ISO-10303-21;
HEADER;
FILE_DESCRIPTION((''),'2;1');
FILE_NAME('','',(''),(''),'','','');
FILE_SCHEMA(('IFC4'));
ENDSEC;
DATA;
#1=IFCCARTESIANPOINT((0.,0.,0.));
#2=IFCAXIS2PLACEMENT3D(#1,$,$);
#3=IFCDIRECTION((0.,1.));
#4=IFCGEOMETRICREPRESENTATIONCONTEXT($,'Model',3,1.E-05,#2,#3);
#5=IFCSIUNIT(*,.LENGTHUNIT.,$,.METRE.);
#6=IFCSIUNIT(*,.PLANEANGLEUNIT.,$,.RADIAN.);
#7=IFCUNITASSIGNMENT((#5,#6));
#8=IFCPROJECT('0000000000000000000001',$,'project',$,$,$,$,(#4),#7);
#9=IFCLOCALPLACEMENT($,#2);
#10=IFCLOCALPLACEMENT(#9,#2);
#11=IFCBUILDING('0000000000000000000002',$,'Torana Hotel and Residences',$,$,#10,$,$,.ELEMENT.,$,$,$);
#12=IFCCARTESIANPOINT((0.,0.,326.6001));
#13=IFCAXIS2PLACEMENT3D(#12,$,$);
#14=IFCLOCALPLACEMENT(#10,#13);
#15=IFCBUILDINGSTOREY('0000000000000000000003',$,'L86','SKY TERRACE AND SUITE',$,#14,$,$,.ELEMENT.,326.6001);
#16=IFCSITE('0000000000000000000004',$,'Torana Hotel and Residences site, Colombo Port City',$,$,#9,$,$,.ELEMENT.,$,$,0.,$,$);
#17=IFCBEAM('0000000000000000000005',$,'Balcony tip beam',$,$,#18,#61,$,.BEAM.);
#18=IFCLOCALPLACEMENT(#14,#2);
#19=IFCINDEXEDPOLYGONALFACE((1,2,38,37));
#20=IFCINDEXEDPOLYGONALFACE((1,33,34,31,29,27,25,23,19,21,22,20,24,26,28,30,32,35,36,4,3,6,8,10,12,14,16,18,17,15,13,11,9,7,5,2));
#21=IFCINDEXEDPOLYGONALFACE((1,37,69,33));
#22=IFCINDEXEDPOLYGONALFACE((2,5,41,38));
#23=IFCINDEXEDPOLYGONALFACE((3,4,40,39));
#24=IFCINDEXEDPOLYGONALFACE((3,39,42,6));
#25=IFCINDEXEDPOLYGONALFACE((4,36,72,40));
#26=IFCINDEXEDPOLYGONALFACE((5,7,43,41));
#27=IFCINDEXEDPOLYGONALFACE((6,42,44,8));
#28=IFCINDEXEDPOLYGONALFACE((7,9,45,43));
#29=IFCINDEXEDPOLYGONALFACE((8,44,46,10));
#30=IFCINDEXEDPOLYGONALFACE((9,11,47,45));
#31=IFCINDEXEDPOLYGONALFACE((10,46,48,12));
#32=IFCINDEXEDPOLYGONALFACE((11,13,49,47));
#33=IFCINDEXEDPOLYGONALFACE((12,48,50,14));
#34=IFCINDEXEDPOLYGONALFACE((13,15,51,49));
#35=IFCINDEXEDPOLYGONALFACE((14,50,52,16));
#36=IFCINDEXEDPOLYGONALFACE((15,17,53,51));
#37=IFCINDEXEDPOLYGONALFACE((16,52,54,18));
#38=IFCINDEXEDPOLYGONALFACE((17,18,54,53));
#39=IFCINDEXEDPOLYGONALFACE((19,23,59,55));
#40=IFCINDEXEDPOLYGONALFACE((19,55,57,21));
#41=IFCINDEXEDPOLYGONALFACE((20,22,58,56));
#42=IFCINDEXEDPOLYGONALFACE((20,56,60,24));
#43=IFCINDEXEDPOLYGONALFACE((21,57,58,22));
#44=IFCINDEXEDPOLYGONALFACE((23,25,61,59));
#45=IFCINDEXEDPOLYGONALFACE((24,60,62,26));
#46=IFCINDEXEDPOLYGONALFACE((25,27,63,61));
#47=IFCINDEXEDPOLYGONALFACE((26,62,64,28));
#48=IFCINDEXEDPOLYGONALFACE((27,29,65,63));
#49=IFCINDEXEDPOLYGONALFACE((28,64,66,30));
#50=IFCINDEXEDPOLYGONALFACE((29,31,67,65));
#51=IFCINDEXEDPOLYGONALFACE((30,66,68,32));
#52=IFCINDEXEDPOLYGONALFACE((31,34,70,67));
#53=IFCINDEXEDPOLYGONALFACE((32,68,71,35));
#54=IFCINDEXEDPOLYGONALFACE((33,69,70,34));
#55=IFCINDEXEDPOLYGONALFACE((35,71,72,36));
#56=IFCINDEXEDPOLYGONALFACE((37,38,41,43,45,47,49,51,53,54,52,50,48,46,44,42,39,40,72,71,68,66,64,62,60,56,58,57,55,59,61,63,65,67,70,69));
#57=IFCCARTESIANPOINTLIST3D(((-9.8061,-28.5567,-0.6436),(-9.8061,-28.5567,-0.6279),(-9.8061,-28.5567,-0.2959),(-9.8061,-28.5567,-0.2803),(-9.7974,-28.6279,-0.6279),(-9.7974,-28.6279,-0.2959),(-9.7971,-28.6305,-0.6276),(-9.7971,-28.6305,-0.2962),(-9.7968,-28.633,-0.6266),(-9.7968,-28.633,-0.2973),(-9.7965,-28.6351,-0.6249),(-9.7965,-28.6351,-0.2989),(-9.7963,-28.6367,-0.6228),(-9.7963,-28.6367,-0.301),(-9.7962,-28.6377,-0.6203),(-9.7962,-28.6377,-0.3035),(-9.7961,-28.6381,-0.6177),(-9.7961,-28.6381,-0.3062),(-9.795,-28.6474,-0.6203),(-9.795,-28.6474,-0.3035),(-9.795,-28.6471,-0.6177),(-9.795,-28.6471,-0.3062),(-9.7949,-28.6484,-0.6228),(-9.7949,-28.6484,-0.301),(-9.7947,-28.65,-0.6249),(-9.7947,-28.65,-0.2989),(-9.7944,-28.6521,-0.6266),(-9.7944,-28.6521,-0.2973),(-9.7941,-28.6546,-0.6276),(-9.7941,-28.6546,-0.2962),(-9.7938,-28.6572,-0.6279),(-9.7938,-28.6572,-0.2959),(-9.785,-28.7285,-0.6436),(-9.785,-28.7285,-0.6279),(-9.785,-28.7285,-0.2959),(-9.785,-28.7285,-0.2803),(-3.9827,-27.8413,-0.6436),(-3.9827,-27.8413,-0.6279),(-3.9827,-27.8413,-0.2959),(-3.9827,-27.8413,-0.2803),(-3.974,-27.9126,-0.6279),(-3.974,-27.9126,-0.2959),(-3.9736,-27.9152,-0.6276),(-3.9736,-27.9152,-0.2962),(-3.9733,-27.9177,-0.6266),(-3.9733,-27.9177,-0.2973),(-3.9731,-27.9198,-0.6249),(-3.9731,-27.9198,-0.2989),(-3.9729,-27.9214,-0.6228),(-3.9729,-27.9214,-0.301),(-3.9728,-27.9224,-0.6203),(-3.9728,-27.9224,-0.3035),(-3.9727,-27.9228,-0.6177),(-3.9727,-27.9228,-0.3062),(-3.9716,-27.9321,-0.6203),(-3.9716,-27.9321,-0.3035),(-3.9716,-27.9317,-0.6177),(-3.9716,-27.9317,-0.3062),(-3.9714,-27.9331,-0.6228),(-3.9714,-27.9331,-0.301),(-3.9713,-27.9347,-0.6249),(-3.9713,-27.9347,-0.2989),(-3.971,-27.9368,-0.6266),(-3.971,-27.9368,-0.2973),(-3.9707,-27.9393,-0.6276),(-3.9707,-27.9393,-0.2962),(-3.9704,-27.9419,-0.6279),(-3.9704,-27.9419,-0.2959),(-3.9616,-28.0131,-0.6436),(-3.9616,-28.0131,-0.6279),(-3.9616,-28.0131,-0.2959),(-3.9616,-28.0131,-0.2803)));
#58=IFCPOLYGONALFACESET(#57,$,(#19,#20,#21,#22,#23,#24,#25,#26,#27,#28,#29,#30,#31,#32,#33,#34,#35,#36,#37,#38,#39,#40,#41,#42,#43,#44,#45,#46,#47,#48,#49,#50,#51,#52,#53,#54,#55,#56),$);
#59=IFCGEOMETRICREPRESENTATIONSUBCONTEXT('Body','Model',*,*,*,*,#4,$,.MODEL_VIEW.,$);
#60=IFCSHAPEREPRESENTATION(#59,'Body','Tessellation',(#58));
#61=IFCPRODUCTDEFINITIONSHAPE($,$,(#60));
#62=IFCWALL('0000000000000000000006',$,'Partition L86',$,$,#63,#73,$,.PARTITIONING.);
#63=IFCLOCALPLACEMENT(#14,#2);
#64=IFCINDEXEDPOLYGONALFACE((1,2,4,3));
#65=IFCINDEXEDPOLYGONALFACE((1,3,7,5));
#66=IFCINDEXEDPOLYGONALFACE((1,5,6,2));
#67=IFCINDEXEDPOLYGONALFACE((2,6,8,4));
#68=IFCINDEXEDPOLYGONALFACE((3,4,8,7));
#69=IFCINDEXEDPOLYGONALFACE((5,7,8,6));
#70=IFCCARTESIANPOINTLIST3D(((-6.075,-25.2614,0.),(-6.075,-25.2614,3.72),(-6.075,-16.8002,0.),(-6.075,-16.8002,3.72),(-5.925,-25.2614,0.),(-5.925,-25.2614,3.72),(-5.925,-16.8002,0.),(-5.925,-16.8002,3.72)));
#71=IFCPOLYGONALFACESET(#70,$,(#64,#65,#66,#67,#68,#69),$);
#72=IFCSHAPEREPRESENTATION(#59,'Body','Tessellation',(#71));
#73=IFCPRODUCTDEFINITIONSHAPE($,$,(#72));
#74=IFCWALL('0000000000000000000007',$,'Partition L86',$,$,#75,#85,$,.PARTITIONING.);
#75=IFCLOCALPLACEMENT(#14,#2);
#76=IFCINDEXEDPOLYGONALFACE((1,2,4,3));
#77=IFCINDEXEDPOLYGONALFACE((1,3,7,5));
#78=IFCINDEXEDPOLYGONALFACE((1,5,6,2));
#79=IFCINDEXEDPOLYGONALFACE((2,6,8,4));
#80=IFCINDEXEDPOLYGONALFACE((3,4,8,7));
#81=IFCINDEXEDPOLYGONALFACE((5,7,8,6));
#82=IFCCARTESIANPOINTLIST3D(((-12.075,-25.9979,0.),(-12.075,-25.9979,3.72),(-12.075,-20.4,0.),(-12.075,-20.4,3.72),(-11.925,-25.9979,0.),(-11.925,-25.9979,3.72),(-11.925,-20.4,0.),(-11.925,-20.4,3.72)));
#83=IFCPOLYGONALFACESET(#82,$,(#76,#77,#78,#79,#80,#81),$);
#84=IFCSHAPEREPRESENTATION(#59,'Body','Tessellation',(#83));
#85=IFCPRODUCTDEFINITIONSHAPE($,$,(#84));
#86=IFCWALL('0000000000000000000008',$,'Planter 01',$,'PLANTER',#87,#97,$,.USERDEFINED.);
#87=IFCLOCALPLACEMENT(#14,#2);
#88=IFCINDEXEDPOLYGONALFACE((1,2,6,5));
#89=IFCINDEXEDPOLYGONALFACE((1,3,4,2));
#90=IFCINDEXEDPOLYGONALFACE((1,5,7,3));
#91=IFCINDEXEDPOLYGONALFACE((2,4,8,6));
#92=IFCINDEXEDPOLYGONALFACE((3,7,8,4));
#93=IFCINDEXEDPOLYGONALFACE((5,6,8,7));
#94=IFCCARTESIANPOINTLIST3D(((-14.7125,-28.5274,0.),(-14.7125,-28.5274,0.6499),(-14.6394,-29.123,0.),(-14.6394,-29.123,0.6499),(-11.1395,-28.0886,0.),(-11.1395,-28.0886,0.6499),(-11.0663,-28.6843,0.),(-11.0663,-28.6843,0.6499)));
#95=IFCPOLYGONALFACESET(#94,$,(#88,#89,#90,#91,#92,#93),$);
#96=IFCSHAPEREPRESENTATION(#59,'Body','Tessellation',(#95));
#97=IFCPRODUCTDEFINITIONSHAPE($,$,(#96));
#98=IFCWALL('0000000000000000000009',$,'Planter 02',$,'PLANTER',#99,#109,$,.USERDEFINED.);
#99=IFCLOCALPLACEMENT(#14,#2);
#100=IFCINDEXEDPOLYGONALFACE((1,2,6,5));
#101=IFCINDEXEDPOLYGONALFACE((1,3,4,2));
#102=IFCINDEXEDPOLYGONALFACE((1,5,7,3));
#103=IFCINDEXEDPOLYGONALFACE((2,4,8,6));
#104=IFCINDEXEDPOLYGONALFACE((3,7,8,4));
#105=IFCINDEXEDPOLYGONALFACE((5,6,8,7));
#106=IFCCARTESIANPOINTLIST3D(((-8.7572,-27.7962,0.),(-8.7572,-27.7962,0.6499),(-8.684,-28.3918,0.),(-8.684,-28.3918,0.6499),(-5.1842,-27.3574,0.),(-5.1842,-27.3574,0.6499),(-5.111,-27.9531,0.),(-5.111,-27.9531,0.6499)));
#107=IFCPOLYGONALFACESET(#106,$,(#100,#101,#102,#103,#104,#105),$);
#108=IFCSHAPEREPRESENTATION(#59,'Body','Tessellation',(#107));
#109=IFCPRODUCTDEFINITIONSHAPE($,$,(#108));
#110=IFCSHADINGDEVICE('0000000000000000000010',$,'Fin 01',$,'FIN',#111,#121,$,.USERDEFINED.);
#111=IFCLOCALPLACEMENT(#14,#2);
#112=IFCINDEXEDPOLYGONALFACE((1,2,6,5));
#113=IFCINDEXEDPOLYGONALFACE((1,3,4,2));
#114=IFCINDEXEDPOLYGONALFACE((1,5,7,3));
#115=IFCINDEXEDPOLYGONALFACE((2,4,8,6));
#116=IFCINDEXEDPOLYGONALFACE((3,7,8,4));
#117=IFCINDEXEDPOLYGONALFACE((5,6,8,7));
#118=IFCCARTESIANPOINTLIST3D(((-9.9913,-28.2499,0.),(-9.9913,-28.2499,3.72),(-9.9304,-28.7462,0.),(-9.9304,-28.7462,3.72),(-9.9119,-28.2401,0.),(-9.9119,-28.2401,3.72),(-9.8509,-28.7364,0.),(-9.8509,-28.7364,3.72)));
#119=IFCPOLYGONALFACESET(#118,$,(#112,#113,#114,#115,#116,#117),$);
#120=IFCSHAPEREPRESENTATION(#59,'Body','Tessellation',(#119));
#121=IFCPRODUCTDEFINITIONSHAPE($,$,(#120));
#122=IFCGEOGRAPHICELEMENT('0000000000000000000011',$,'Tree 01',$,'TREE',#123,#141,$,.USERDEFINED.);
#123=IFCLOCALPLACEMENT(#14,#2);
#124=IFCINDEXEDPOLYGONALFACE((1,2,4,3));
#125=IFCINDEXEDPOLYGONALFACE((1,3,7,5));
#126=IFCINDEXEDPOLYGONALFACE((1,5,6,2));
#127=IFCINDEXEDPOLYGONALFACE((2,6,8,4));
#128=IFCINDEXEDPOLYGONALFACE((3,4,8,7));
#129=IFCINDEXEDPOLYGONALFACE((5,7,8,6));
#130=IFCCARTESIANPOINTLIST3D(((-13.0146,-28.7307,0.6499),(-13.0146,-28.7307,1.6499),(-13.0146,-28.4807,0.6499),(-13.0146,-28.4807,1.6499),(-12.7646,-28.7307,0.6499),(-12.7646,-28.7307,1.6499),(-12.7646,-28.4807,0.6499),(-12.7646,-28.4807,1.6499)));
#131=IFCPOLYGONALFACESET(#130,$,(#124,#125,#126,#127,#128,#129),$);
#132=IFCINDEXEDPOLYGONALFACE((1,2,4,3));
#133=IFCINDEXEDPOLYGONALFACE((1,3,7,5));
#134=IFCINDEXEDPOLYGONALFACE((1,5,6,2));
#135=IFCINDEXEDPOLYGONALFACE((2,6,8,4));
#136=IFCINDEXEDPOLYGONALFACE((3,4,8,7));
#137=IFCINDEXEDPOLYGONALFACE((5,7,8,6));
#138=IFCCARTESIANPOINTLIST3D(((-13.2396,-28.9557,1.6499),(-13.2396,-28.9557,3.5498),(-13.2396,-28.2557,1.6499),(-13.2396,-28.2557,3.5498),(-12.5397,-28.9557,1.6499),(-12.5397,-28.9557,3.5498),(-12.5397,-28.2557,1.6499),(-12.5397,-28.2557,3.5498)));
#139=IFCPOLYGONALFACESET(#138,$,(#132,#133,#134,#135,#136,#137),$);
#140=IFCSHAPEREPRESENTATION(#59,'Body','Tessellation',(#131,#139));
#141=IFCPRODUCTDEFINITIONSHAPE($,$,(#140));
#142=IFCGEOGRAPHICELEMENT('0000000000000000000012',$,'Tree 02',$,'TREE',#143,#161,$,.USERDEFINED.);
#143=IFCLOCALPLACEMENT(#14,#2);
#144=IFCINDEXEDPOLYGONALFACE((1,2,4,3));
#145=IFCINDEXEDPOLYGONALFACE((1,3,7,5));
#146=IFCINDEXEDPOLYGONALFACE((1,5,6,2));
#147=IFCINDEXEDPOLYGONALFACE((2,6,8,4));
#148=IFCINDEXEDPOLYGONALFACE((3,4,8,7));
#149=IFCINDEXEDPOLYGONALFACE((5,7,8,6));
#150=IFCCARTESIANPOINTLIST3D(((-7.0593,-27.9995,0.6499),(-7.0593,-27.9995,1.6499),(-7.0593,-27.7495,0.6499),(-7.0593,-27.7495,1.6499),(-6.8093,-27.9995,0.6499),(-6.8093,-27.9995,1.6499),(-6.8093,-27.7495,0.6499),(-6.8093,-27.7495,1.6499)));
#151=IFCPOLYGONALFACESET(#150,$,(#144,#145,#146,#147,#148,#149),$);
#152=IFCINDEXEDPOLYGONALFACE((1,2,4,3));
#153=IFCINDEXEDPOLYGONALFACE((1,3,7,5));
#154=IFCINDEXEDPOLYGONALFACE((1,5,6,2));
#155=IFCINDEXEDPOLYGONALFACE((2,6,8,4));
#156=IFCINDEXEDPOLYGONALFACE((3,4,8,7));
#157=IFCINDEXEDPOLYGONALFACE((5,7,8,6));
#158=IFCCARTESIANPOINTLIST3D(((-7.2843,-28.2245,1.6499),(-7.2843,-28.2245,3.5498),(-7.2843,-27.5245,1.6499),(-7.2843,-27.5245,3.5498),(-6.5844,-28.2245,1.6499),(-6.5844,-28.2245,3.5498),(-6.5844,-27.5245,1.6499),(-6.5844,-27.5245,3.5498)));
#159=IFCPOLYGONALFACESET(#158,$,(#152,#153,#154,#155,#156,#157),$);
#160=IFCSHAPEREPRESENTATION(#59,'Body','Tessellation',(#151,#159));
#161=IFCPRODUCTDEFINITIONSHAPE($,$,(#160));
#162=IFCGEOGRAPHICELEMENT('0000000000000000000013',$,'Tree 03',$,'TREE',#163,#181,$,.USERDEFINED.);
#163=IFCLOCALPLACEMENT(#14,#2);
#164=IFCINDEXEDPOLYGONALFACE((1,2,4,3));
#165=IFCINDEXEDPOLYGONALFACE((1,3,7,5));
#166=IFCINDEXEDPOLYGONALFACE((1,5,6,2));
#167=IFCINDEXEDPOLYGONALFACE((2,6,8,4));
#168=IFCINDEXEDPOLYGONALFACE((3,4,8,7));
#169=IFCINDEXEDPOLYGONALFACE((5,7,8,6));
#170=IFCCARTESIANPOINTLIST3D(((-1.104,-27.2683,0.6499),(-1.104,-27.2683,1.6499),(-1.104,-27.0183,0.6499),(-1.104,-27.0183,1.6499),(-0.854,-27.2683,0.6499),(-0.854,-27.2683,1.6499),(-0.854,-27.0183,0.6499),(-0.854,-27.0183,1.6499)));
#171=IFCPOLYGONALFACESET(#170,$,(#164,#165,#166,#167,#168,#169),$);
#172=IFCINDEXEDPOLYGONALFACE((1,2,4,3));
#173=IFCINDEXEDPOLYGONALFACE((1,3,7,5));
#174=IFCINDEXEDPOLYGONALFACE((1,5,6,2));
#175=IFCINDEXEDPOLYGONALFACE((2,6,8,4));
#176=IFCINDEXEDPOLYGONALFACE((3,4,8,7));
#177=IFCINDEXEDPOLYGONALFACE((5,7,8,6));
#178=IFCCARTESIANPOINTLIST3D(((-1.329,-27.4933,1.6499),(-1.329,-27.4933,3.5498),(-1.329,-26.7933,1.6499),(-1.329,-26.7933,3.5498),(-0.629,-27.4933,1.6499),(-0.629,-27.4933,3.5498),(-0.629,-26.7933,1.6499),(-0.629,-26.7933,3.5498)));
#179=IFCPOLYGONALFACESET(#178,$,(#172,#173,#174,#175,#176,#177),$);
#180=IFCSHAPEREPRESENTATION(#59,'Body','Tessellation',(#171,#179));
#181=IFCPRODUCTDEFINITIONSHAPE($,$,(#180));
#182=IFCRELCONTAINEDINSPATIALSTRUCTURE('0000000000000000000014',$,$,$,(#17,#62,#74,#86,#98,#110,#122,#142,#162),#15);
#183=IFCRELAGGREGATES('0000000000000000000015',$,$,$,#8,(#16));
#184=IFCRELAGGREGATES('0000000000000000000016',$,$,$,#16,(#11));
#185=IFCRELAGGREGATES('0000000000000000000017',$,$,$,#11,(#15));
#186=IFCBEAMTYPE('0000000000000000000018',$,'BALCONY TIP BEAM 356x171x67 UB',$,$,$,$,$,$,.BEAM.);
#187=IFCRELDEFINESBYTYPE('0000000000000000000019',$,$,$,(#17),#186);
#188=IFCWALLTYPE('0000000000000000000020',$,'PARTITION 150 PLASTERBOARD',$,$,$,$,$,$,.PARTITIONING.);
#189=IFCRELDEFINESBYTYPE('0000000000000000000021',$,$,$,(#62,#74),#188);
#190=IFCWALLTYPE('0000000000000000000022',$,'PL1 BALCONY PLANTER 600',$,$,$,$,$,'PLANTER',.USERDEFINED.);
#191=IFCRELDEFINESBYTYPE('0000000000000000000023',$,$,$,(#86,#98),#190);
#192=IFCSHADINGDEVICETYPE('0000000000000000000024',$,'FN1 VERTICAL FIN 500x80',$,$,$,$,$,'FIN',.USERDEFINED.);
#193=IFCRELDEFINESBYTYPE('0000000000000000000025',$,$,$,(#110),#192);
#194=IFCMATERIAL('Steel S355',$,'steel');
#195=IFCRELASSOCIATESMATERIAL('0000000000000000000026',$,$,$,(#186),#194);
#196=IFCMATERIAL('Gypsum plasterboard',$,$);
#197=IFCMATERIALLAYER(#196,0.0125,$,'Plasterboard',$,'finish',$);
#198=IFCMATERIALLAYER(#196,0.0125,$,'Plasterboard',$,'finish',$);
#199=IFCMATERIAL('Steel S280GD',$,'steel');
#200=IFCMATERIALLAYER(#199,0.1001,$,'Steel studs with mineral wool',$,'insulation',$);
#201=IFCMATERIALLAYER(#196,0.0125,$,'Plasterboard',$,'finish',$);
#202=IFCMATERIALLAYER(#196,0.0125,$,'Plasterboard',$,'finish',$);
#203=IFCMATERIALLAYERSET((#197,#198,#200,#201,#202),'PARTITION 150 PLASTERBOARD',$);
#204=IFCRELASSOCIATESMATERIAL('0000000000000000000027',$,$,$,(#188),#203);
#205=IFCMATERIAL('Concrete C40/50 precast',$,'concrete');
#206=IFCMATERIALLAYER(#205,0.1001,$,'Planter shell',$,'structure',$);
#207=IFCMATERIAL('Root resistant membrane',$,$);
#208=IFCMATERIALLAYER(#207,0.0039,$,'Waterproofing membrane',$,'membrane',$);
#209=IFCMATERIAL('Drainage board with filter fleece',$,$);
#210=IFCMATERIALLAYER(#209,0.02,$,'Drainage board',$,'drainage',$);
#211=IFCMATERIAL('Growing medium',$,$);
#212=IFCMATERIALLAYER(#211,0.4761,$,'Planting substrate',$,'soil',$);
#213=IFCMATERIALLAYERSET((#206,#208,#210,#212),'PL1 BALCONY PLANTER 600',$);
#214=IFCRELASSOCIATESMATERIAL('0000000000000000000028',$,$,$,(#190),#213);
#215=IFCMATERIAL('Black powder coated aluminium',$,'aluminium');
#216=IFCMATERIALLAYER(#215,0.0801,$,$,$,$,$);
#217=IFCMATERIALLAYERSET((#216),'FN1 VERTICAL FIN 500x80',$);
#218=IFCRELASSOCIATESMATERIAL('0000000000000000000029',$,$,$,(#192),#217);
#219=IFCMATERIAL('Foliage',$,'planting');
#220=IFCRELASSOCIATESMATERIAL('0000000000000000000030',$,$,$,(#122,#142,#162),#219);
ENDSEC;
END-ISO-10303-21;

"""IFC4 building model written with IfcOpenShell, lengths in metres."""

from ifc_helpers import new_model, si_unit, direction, frame, frame_2d, origin, origin_2d, place, context, subcontext, project, spatial, rectangle, i_section, extrude, material, layer, layer_set, material_profile, profile_set, type_object, element, save


model = new_model("IFC4")

# Units and contexts
model_context = context("Model", 3, precision=1e-05, world=origin(), true_north=direction((0.0, 1.0)))
body_context = subcontext(model_context, "Body", "Model", "MODEL_VIEW")
ifc_project = project(units=[si_unit("LENGTHUNIT", "METRE"), si_unit("PLANEANGLEUNIT", "RADIAN")], contexts=[model_context])

# Site, building, storey
site_placement = place(None, origin())
site = spatial("IfcSite", under=ifc_project, at=site_placement, Name="Torana Hotel and Residences site, Colombo Port City", CompositionType="ELEMENT", RefElevation=0.0)
building_placement = place(site_placement, origin())
building = spatial("IfcBuilding", under=site, at=building_placement, Name="Torana Hotel and Residences", CompositionType="ELEMENT")
storey_placement = place(building_placement, frame((0.0, 0.0, 326.6001)))
storey = spatial("IfcBuildingStorey", under=building, at=storey_placement, Name="L86", Description="SKY TERRACE AND SUITE", CompositionType="ELEMENT", Elevation=326.6001)

# Beam
ifc_material_1 = material(Name="Steel S355", Category="steel")
ifc_material_profile_1 = material_profile(ifc_material_1, i_section(OverallWidth=0.1731, OverallDepth=0.3633, WebThickness=0.009, FlangeThickness=0.0156, FilletRadius=0.0103, at=origin_2d()), Name="356x171x67 UB")
ifc_profile_set_1 = profile_set([ifc_material_profile_1], Name="Steel S355")
beam_type_1 = type_object("IfcBeamType", Name="BALCONY TIP BEAM 356x171x67 UB", PredefinedType="BEAM", material=ifc_profile_set_1)
for number, where, z_axis, x_axis, name in (
    (1, (-3.9722, -27.9272, -0.4619), (-0.99254, -0.121919, 0.0), (0.121919, -0.99254, 0.0), "Balcony tip beam"),
):
    element("IfcBeam", number, at=place(storey_placement, frame(where, z_axis=z_axis, x_axis=x_axis)), inside=storey, type_object=beam_type_1, Name=name, PredefinedType="BEAM", context=body_context, shape_type="SweptSolid", body=[
        extrude(i_section(OverallWidth=0.1731, OverallDepth=0.3633, WebThickness=0.009, FlangeThickness=0.0156, FilletRadius=0.0103, at=origin_2d()), origin(), (0.0, 0.0, 1.0), 5.8672),
    ])

# Walls
ifc_material_2 = material(Name="Gypsum plasterboard")
ifc_layer_1 = layer(ifc_material_2, 0.0125, Name="Plasterboard", Category="finish")
ifc_layer_2 = layer(ifc_material_2, 0.0125, Name="Plasterboard", Category="finish")
ifc_material_3 = material(Name="Steel S280GD", Category="steel")
ifc_layer_3 = layer(ifc_material_3, 0.1001, Name="Steel studs with mineral wool", Category="insulation")
ifc_layer_4 = layer(ifc_material_2, 0.0125, Name="Plasterboard", Category="finish")
ifc_layer_5 = layer(ifc_material_2, 0.0125, Name="Plasterboard", Category="finish")
ifc_layer_set_1 = layer_set([ifc_layer_1, ifc_layer_2, ifc_layer_3, ifc_layer_4, ifc_layer_5], Name="PARTITION 150 PLASTERBOARD")
wall_type_1 = type_object("IfcWallType", Name="PARTITION 150 PLASTERBOARD", PredefinedType="PARTITIONING", material=ifc_layer_set_1)
wall_1_placement = place(storey_placement, frame((-6.0, -25.2612, 0.0), z_axis=(0.0, 0.0, 1.0), x_axis=(0.0, 1.0, 0.0)))
element("IfcWall", 2, at=wall_1_placement, inside=storey, type_object=wall_type_1, Name="Partition L86", PredefinedType="PARTITIONING", context=body_context, shape_type="SweptSolid", body=[
    extrude(rectangle(XDim=8.4612, YDim=0.1499, at=frame_2d((4.2305, 0.0))), origin(), (0.0, 0.0, 1.0), 3.72),
])
wall_2_placement = place(storey_placement, frame((-12.0, -25.9978, 0.0), z_axis=(0.0, 0.0, 1.0), x_axis=(0.0, 1.0, 0.0)))
element("IfcWall", 3, at=wall_2_placement, inside=storey, type_object=wall_type_1, Name="Partition L86", PredefinedType="PARTITIONING", context=body_context, shape_type="SweptSolid", body=[
    extrude(rectangle(XDim=5.5979, YDim=0.1499, at=frame_2d((2.7988, 0.0))), origin(), (0.0, 0.0, 1.0), 3.72),
])
ifc_material_4 = material(Name="Concrete C40/50 precast", Category="concrete")
ifc_layer_6 = layer(ifc_material_4, 0.1001, Name="Planter shell", Category="structure")
ifc_material_5 = material(Name="Root resistant membrane")
ifc_layer_7 = layer(ifc_material_5, 0.0039, Name="Waterproofing membrane", Category="membrane")
ifc_material_6 = material(Name="Drainage board with filter fleece")
ifc_layer_8 = layer(ifc_material_6, 0.02, Name="Drainage board", Category="drainage")
ifc_material_7 = material(Name="Growing medium")
ifc_layer_9 = layer(ifc_material_7, 0.4761, Name="Planting substrate", Category="soil")
ifc_layer_set_2 = layer_set([ifc_layer_6, ifc_layer_7, ifc_layer_8, ifc_layer_9], Name="PL1 BALCONY PLANTER 600")
wall_type_2 = type_object("IfcWallType", Name="PL1 BALCONY PLANTER 600", ElementType="PLANTER", PredefinedType="USERDEFINED", material=ifc_layer_set_2)
for number, where, z_axis, x_axis, name in (
    (4, (-11.103, -28.3865, 0.0), (0.0, 0.0, 1.0), (-0.992546, -0.121873, 0.0), "Planter 01"),
    (5, (-5.1477, -27.6553, 0.0), (0.0, 0.0, 1.0), (-0.992546, -0.121873, 0.0), "Planter 02"),
):
    element("IfcWall", number, at=place(storey_placement, frame(where, z_axis=z_axis, x_axis=x_axis)), inside=storey, type_object=wall_type_2, Name=name, ObjectType="PLANTER", PredefinedType="USERDEFINED", context=body_context, shape_type="SweptSolid", body=[
        extrude(rectangle(XDim=3.5999, YDim=0.6001, at=frame_2d((1.7998, 0.0))), origin(), (0.0, 0.0, 1.0), 0.6499),
    ])

# Shading device
ifc_material_8 = material(Name="Black powder coated aluminium", Category="aluminium")
ifc_layer_10 = layer(ifc_material_8, 0.0801)
ifc_layer_set_3 = layer_set([ifc_layer_10], Name="FN1 VERTICAL FIN 500x80")
shading_device_type = type_object("IfcShadingDeviceType", Name="FN1 VERTICAL FIN 500x80", ElementType="FIN", PredefinedType="USERDEFINED", material=ifc_layer_set_3)
shading_device_placement = place(storey_placement, frame((-9.9211, -28.4932, 0.0), z_axis=(0.0, 0.0, 1.0), x_axis=(-0.992547, -0.121866, 0.0)))
element("IfcShadingDevice", 6, at=shading_device_placement, inside=storey, type_object=shading_device_type, Name="Fin 01", ObjectType="FIN", PredefinedType="USERDEFINED", context=body_context, shape_type="SweptSolid", body=[
    extrude(rectangle(XDim=0.0801, YDim=0.5, at=origin_2d()), origin(), (0.0, 0.0, 1.0), 3.72),
])

# Geographic elements
ifc_material_9 = material(Name="Foliage", Category="planting")
for number, where, z_axis, x_axis, name in (
    (7, (-12.8896, -28.6057, 0.6499), (0.0, 0.0, 1.0), (1.0, 0.0, 0.0), "Tree 01"),
    (8, (-6.9343, -27.8745, 0.6499), (0.0, 0.0, 1.0), (1.0, 0.0, 0.0), "Tree 02"),
    (9, (-0.979, -27.1433, 0.6499), (0.0, 0.0, 1.0), (1.0, 0.0, 0.0), "Tree 03"),
):
    element("IfcGeographicElement", number, at=place(storey_placement, frame(where, z_axis=z_axis, x_axis=x_axis)), inside=storey, material=ifc_material_9, Name=name, ObjectType="TREE", PredefinedType="USERDEFINED", context=body_context, shape_type="SweptSolid", body=[
        extrude(rectangle(XDim=0.25, YDim=0.25, at=origin_2d()), origin(), (0.0, 0.0, 1.0), 1.0),
        extrude(rectangle(XDim=0.7, YDim=0.7, at=origin_2d()), frame((0.0, 0.0, 1.0)), (0.0, 0.0, 1.0), 1.8999),
    ])

save(model, "model.ifc")
